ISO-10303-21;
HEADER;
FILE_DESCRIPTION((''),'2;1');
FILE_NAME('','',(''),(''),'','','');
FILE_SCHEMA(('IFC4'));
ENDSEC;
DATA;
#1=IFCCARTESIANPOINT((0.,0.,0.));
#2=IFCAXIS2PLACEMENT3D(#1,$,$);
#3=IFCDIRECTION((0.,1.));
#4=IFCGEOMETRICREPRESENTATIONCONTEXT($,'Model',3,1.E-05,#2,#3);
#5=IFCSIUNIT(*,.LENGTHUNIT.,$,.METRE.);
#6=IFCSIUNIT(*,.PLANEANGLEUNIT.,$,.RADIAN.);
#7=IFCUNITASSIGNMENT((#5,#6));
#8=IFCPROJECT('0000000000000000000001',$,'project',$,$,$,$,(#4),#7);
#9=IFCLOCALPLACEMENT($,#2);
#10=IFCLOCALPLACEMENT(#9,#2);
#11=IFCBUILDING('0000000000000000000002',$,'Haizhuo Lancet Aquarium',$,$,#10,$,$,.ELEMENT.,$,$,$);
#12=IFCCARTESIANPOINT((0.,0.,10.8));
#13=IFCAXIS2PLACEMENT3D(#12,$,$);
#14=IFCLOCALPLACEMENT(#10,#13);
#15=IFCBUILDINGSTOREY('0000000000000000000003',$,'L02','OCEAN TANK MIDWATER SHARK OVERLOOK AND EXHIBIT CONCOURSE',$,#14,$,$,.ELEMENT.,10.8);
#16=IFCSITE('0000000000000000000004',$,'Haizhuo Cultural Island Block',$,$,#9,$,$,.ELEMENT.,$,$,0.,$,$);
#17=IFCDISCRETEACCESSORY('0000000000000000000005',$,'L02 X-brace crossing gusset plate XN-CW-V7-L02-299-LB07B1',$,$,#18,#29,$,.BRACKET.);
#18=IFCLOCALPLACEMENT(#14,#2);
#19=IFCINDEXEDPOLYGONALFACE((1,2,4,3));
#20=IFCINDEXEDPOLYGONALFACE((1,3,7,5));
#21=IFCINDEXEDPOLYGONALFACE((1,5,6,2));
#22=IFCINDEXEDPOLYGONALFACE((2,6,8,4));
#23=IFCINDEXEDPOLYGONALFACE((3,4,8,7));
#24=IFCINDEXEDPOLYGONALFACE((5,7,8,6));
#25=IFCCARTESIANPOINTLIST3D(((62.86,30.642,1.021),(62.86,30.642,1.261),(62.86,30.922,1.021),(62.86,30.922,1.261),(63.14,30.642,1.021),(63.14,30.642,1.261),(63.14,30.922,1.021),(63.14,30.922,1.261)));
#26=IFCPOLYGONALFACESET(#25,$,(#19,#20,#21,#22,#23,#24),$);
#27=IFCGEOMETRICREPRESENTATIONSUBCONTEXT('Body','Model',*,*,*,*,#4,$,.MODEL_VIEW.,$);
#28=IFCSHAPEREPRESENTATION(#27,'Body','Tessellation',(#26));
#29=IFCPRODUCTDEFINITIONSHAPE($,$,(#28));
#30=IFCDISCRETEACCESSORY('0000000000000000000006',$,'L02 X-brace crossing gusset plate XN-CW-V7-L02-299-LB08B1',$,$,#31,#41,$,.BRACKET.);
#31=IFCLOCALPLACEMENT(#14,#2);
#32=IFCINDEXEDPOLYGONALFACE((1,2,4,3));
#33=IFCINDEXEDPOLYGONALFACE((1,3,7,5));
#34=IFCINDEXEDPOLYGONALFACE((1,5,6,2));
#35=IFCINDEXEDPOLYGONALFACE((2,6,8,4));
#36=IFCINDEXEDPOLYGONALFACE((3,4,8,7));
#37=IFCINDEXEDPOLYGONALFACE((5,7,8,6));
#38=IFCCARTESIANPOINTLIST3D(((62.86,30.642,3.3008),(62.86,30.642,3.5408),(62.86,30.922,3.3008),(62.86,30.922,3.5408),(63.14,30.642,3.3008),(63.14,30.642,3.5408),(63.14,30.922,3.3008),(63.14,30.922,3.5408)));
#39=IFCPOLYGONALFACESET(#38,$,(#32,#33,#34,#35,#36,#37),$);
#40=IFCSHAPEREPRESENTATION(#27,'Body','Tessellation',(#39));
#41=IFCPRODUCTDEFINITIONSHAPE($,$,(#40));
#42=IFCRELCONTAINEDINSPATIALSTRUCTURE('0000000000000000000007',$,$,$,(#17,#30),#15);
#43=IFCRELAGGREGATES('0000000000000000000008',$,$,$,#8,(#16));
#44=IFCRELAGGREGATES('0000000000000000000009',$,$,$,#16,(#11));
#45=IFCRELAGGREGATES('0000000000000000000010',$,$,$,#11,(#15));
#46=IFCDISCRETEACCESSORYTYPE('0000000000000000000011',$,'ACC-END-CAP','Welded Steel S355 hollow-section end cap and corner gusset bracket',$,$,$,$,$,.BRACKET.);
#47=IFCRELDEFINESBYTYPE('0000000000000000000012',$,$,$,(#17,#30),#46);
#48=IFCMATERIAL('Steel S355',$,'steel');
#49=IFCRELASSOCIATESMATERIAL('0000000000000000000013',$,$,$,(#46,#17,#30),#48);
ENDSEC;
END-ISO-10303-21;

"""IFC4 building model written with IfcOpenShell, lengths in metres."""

from ifc_helpers import new_model, si_unit, direction, frame, origin, origin_2d, place, context, subcontext, project, spatial, rectangle, extrude, material, type_object, element, save


model = new_model("IFC4")

# Units and contexts
model_context = context("Model", 3, precision=1e-05, world=origin(), true_north=direction((0.0, 1.0)))
body_context = subcontext(model_context, "Body", "Model", "MODEL_VIEW")
ifc_project = project(units=[si_unit("LENGTHUNIT", "METRE"), si_unit("PLANEANGLEUNIT", "RADIAN")], contexts=[model_context])

# Site, building, storey
site_placement = place(None, origin())
site = spatial("IfcSite", under=ifc_project, at=site_placement, Name="Haizhuo Cultural Island Block", CompositionType="ELEMENT", RefElevation=0.0)
building_placement = place(site_placement, origin())
building = spatial("IfcBuilding", under=site, at=building_placement, Name="Haizhuo Lancet Aquarium", CompositionType="ELEMENT")
storey_placement = place(building_placement, frame((0.0, 0.0, 10.8)))
storey = spatial("IfcBuildingStorey", under=building, at=storey_placement, Name="L02", Description="OCEAN TANK MIDWATER SHARK OVERLOOK AND EXHIBIT CONCOURSE", CompositionType="ELEMENT", Elevation=10.8)

# Shared definitions
ifc_material_1 = material(Name="Steel S355", Category="steel")

# Discrete accessories
discrete_accessory_type = type_object("IfcDiscreteAccessoryType", Name="ACC-END-CAP", Description="Welded Steel S355 hollow-section end cap and corner gusset bracket", PredefinedType="BRACKET", material=ifc_material_1)
for number, where, z_axis, x_axis, name in (
    (1, (63.0, 30.782, 1.021), (0.0, 0.0, 1.0), (1.0, 0.0, 0.0), "L02 X-brace crossing gusset plate XN-CW-V7-L02-299-LB07B1"),
    (2, (63.0, 30.782, 3.3008), (0.0, 0.0, 1.0), (1.0, 0.0, 0.0), "L02 X-brace crossing gusset plate XN-CW-V7-L02-299-LB08B1"),
):
    element("IfcDiscreteAccessory", number, at=place(storey_placement, frame(where, z_axis=z_axis, x_axis=x_axis)), inside=storey, type_object=discrete_accessory_type, material=ifc_material_1, Name=name, PredefinedType="BRACKET", context=body_context, shape_type="SweptSolid", body=[
        extrude(rectangle(XDim=0.28, YDim=0.28, at=origin_2d()), origin(), (0.0, 0.0, 1.0), 0.24),
    ])

save(model, "model.ifc")
